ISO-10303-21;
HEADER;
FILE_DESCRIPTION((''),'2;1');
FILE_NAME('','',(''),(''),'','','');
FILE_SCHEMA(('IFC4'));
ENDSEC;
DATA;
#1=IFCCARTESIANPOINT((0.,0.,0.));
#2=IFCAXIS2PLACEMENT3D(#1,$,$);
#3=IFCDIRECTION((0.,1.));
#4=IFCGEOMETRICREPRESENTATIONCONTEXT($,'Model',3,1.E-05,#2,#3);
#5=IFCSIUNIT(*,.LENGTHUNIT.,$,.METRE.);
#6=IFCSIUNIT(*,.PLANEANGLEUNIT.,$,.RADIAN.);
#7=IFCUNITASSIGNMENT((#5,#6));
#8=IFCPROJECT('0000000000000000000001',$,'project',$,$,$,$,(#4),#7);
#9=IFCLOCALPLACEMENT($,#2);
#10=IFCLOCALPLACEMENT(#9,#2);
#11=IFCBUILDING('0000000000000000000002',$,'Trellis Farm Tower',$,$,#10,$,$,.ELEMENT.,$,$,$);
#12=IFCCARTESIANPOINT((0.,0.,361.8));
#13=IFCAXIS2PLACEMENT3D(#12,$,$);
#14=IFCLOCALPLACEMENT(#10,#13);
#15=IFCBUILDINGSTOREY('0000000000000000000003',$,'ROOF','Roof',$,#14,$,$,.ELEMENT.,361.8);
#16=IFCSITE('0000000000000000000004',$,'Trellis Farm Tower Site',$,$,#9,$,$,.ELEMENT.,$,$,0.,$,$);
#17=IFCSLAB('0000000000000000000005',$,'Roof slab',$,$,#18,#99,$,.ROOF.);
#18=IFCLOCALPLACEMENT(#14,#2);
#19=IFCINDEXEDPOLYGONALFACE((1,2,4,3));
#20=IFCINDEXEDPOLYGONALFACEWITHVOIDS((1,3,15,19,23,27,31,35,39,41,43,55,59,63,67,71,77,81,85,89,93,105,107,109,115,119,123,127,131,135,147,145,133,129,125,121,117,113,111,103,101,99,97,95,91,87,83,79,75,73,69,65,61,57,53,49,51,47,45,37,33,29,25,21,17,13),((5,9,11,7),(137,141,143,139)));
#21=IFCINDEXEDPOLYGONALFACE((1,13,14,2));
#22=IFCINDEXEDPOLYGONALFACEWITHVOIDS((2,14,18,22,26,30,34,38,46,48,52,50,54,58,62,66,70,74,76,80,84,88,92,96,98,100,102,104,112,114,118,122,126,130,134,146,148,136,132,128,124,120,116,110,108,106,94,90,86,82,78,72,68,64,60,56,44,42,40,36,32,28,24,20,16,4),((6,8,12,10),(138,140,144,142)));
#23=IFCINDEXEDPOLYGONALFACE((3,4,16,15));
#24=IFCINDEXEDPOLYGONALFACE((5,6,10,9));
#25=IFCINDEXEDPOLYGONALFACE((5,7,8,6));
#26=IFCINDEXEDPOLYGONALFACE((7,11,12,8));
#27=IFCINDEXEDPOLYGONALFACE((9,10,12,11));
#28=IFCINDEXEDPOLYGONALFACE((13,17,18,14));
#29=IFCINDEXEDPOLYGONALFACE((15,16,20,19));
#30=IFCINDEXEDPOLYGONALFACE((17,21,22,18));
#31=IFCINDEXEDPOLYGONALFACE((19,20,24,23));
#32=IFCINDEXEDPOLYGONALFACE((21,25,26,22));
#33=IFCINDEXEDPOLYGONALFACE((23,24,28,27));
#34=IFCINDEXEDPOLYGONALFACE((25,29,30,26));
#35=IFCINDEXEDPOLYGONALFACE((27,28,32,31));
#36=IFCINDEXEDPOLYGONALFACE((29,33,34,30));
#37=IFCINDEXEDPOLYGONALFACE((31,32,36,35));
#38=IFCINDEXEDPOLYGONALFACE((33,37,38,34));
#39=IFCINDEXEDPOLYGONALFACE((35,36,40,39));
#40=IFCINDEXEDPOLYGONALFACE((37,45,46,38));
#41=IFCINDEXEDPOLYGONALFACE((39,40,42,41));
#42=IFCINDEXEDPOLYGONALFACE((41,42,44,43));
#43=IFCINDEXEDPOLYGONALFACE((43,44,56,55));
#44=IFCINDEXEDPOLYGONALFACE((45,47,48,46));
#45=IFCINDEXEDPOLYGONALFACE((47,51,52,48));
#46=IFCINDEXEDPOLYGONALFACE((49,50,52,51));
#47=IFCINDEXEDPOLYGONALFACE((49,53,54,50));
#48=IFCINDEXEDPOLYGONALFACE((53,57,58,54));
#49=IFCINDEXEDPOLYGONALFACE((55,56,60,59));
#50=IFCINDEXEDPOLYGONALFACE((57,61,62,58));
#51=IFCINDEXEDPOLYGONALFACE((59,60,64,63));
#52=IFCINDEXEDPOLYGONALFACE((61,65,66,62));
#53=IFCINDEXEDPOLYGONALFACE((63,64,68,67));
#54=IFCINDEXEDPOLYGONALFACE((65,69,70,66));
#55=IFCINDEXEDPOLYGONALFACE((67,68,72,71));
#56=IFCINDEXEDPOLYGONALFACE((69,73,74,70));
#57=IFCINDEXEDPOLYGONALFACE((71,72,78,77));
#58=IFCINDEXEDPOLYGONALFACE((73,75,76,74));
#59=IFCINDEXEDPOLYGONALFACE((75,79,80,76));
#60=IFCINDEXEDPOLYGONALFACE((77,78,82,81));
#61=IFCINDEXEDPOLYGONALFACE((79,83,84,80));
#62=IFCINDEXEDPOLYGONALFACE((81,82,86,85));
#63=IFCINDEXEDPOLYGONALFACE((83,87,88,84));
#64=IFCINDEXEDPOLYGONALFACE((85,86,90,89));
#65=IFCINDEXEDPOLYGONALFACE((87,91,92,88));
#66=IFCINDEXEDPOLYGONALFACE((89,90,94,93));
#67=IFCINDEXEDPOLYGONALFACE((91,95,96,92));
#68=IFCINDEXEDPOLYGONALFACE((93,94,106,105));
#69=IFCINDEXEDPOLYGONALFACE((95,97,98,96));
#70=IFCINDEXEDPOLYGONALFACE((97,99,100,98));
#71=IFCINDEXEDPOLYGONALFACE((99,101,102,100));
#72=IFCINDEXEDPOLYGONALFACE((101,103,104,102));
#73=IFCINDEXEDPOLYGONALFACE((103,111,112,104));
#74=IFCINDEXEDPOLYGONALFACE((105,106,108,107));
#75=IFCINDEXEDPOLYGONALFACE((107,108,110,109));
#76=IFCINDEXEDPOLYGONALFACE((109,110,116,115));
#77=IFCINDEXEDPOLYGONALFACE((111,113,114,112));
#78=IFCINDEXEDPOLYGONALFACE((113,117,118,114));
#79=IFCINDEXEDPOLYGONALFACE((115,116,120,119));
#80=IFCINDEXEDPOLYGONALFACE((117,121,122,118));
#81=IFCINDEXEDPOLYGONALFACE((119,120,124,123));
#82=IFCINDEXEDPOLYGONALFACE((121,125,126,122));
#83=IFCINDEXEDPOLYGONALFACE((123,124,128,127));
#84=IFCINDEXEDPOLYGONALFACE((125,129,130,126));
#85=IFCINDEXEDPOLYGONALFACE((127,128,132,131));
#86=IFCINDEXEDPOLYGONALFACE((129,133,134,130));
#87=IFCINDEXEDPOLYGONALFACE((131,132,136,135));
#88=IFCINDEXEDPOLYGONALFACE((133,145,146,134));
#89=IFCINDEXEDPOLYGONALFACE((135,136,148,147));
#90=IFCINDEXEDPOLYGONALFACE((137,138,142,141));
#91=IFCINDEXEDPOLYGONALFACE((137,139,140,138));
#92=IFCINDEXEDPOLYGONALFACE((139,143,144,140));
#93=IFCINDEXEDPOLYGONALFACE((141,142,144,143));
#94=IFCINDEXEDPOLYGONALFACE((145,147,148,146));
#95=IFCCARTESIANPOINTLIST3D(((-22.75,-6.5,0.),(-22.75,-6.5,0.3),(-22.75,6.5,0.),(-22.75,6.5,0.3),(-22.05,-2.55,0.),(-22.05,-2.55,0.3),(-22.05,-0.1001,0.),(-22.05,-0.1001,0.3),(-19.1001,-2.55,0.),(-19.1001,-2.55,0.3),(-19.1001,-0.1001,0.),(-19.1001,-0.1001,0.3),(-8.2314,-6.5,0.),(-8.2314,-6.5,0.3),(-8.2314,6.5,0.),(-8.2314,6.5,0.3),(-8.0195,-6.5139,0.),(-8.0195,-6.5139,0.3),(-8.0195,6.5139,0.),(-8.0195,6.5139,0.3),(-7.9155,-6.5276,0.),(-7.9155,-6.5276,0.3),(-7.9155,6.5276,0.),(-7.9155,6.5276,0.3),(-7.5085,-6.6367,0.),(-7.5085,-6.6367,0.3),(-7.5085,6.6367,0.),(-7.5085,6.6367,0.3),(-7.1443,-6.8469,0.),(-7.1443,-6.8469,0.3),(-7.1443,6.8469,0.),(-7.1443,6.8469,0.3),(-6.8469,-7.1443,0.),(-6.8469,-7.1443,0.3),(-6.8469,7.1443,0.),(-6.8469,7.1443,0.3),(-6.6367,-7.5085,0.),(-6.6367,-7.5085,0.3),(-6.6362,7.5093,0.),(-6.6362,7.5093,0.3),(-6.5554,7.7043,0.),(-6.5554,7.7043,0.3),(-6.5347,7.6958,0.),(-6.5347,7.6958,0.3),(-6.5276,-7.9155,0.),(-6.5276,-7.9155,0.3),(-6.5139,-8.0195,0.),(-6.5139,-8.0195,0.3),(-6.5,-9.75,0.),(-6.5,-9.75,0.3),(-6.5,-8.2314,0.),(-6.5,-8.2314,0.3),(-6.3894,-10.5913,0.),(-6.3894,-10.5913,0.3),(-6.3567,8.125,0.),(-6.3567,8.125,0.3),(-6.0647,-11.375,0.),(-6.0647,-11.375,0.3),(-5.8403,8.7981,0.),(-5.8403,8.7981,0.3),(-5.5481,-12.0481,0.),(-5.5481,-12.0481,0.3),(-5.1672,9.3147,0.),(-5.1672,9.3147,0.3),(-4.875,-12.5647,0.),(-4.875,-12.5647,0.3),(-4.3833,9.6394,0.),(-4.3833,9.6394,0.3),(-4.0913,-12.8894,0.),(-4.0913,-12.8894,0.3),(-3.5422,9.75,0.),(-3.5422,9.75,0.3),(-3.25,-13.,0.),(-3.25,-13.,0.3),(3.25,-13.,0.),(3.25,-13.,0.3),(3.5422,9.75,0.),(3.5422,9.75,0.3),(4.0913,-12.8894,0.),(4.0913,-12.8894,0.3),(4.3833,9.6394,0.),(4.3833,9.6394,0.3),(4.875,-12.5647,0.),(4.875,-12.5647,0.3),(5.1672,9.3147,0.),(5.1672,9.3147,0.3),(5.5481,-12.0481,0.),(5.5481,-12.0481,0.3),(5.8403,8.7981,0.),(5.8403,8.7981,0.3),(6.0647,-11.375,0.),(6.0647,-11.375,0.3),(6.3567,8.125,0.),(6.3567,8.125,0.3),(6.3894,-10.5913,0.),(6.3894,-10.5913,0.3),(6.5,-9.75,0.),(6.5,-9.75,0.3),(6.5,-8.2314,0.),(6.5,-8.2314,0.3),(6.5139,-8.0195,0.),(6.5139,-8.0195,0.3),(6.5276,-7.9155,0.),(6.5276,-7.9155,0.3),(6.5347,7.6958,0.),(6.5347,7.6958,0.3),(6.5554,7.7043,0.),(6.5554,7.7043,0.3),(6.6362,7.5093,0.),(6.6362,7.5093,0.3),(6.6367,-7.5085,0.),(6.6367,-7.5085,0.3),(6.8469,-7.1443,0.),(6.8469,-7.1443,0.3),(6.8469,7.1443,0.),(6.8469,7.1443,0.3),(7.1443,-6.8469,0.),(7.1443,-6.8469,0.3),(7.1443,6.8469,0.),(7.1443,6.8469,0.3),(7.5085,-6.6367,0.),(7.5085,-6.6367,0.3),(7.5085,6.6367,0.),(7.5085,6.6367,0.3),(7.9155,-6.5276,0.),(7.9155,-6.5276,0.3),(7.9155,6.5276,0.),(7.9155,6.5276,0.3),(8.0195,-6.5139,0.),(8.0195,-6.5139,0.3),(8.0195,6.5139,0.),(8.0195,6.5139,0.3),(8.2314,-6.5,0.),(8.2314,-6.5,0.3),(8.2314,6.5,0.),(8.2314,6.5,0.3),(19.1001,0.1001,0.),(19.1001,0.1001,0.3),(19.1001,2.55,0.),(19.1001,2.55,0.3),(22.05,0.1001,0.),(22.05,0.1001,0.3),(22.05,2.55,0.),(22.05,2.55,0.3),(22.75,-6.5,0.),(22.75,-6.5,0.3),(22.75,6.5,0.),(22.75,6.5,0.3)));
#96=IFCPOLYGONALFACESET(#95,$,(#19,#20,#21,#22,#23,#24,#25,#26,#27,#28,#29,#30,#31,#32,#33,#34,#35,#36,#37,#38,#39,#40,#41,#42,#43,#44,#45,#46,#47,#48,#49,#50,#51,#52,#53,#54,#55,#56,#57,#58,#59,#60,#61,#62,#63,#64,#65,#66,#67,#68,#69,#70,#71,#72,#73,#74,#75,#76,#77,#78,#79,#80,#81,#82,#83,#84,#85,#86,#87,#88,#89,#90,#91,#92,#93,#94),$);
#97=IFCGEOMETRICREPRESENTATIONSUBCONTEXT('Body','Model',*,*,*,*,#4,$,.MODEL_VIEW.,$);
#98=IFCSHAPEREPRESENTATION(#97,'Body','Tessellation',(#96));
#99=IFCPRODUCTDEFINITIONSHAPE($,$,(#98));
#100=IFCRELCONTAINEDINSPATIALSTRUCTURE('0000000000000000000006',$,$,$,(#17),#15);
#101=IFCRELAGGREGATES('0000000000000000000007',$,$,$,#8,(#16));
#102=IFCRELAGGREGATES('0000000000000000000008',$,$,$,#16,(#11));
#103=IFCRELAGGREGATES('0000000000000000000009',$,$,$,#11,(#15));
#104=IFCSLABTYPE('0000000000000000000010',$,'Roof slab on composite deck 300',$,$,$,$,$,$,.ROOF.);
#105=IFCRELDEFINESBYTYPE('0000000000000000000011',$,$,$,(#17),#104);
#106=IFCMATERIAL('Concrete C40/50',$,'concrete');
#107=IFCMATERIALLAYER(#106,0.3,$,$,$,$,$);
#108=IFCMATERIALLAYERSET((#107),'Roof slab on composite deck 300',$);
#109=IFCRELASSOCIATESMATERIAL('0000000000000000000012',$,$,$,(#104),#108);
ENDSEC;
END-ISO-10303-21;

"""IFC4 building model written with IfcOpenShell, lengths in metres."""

from ifc_helpers import new_model, si_unit, direction, frame, origin, place, context, subcontext, project, spatial, polyline, outline, extrude, material, layer, layer_set, type_object, element, save


model = new_model("IFC4")

# Units and contexts
model_context = context("Model", 3, precision=1e-05, world=origin(), true_north=direction((0.0, 1.0)))
body_context = subcontext(model_context, "Body", "Model", "MODEL_VIEW")
ifc_project = project(units=[si_unit("LENGTHUNIT", "METRE"), si_unit("PLANEANGLEUNIT", "RADIAN")], contexts=[model_context])

# Site, building, storey
site_placement = place(None, origin())
site = spatial("IfcSite", under=ifc_project, at=site_placement, Name="Trellis Farm Tower Site", CompositionType="ELEMENT", RefElevation=0.0)
building_placement = place(site_placement, origin())
building = spatial("IfcBuilding", under=site, at=building_placement, Name="Trellis Farm Tower", CompositionType="ELEMENT")
storey_placement = place(building_placement, frame((0.0, 0.0, 361.8)))
storey = spatial("IfcBuildingStorey", under=building, at=storey_placement, Name="ROOF", Description="Roof", CompositionType="ELEMENT", Elevation=361.8)

# Slab
ifc_material = material(Name="Concrete C40/50", Category="concrete")
ifc_layer = layer(ifc_material, 0.3)
ifc_layer_set = layer_set([ifc_layer], Name="Roof slab on composite deck 300")
slab_type = type_object("IfcSlabType", Name="Roof slab on composite deck 300", PredefinedType="ROOF", material=ifc_layer_set)
slab_placement = place(storey_placement, origin())
element("IfcSlab", 1, at=slab_placement, inside=storey, type_object=slab_type, Name="Roof slab", PredefinedType="ROOF", context=body_context, shape_type="SweptSolid", body=[
    extrude(outline(polyline([(-22.75, 6.5), (-8.2314, 6.5), (-8.0195, 6.5139), (-7.9155, 6.5276), (-7.5085, 6.6367), (-7.1443, 6.8469), (-6.8469, 7.1443), (-6.6362, 7.5093), (-6.5554, 7.7043), (-6.5347, 7.6958), (-6.3567, 8.125), (-5.8403, 8.7981), (-5.1672, 9.3147), (-4.3833, 9.6394), (-3.5422, 9.75), (3.5422, 9.75), (4.3833, 9.6394), (5.1672, 9.3147), (5.8403, 8.7981), (6.3567, 8.125), (6.5347, 7.6958), (6.5554, 7.7043), (6.6362, 7.5093), (6.8469, 7.1443), (7.1443, 6.8469), (7.5085, 6.6367), (7.9155, 6.5276), (8.0195, 6.5139), (8.2314, 6.5), (22.75, 6.5), (22.75, -6.5), (8.2314, -6.5), (8.0195, -6.5139), (7.9155, -6.5276), (7.5085, -6.6367), (7.1443, -6.8469), (6.8469, -7.1443), (6.6367, -7.5085), (6.5276, -7.9155), (6.5139, -8.0195), (6.5, -8.2314), (6.5, -9.75), (6.3894, -10.5913), (6.0647, -11.375), (5.5481, -12.0481), (4.875, -12.5647), (4.0913, -12.8894), (3.25, -13.0), (-3.25, -13.0), (-4.0913, -12.8894), (-4.875, -12.5647), (-5.5481, -12.0481), (-6.0647, -11.375), (-6.3894, -10.5913), (-6.5, -9.75), (-6.5, -8.2314), (-6.5139, -8.0195), (-6.5276, -7.9155), (-6.6367, -7.5085), (-6.8469, -7.1443), (-7.1443, -6.8469), (-7.5085, -6.6367), (-7.9155, -6.5276), (-8.0195, -6.5139), (-8.2314, -6.5), (-22.75, -6.5), (-22.75, 6.5)]), holes=[polyline([(-19.1001, -0.1001), (-22.05, -0.1001), (-22.05, -2.55), (-19.1001, -2.55), (-19.1001, -0.1001)]), polyline([(19.1001, 0.1001), (22.05, 0.1001), (22.05, 2.55), (19.1001, 2.55), (19.1001, 0.1001)])]), origin(), (0.0, 0.0, 1.0), 0.3),
])

save(model, "model.ifc")
